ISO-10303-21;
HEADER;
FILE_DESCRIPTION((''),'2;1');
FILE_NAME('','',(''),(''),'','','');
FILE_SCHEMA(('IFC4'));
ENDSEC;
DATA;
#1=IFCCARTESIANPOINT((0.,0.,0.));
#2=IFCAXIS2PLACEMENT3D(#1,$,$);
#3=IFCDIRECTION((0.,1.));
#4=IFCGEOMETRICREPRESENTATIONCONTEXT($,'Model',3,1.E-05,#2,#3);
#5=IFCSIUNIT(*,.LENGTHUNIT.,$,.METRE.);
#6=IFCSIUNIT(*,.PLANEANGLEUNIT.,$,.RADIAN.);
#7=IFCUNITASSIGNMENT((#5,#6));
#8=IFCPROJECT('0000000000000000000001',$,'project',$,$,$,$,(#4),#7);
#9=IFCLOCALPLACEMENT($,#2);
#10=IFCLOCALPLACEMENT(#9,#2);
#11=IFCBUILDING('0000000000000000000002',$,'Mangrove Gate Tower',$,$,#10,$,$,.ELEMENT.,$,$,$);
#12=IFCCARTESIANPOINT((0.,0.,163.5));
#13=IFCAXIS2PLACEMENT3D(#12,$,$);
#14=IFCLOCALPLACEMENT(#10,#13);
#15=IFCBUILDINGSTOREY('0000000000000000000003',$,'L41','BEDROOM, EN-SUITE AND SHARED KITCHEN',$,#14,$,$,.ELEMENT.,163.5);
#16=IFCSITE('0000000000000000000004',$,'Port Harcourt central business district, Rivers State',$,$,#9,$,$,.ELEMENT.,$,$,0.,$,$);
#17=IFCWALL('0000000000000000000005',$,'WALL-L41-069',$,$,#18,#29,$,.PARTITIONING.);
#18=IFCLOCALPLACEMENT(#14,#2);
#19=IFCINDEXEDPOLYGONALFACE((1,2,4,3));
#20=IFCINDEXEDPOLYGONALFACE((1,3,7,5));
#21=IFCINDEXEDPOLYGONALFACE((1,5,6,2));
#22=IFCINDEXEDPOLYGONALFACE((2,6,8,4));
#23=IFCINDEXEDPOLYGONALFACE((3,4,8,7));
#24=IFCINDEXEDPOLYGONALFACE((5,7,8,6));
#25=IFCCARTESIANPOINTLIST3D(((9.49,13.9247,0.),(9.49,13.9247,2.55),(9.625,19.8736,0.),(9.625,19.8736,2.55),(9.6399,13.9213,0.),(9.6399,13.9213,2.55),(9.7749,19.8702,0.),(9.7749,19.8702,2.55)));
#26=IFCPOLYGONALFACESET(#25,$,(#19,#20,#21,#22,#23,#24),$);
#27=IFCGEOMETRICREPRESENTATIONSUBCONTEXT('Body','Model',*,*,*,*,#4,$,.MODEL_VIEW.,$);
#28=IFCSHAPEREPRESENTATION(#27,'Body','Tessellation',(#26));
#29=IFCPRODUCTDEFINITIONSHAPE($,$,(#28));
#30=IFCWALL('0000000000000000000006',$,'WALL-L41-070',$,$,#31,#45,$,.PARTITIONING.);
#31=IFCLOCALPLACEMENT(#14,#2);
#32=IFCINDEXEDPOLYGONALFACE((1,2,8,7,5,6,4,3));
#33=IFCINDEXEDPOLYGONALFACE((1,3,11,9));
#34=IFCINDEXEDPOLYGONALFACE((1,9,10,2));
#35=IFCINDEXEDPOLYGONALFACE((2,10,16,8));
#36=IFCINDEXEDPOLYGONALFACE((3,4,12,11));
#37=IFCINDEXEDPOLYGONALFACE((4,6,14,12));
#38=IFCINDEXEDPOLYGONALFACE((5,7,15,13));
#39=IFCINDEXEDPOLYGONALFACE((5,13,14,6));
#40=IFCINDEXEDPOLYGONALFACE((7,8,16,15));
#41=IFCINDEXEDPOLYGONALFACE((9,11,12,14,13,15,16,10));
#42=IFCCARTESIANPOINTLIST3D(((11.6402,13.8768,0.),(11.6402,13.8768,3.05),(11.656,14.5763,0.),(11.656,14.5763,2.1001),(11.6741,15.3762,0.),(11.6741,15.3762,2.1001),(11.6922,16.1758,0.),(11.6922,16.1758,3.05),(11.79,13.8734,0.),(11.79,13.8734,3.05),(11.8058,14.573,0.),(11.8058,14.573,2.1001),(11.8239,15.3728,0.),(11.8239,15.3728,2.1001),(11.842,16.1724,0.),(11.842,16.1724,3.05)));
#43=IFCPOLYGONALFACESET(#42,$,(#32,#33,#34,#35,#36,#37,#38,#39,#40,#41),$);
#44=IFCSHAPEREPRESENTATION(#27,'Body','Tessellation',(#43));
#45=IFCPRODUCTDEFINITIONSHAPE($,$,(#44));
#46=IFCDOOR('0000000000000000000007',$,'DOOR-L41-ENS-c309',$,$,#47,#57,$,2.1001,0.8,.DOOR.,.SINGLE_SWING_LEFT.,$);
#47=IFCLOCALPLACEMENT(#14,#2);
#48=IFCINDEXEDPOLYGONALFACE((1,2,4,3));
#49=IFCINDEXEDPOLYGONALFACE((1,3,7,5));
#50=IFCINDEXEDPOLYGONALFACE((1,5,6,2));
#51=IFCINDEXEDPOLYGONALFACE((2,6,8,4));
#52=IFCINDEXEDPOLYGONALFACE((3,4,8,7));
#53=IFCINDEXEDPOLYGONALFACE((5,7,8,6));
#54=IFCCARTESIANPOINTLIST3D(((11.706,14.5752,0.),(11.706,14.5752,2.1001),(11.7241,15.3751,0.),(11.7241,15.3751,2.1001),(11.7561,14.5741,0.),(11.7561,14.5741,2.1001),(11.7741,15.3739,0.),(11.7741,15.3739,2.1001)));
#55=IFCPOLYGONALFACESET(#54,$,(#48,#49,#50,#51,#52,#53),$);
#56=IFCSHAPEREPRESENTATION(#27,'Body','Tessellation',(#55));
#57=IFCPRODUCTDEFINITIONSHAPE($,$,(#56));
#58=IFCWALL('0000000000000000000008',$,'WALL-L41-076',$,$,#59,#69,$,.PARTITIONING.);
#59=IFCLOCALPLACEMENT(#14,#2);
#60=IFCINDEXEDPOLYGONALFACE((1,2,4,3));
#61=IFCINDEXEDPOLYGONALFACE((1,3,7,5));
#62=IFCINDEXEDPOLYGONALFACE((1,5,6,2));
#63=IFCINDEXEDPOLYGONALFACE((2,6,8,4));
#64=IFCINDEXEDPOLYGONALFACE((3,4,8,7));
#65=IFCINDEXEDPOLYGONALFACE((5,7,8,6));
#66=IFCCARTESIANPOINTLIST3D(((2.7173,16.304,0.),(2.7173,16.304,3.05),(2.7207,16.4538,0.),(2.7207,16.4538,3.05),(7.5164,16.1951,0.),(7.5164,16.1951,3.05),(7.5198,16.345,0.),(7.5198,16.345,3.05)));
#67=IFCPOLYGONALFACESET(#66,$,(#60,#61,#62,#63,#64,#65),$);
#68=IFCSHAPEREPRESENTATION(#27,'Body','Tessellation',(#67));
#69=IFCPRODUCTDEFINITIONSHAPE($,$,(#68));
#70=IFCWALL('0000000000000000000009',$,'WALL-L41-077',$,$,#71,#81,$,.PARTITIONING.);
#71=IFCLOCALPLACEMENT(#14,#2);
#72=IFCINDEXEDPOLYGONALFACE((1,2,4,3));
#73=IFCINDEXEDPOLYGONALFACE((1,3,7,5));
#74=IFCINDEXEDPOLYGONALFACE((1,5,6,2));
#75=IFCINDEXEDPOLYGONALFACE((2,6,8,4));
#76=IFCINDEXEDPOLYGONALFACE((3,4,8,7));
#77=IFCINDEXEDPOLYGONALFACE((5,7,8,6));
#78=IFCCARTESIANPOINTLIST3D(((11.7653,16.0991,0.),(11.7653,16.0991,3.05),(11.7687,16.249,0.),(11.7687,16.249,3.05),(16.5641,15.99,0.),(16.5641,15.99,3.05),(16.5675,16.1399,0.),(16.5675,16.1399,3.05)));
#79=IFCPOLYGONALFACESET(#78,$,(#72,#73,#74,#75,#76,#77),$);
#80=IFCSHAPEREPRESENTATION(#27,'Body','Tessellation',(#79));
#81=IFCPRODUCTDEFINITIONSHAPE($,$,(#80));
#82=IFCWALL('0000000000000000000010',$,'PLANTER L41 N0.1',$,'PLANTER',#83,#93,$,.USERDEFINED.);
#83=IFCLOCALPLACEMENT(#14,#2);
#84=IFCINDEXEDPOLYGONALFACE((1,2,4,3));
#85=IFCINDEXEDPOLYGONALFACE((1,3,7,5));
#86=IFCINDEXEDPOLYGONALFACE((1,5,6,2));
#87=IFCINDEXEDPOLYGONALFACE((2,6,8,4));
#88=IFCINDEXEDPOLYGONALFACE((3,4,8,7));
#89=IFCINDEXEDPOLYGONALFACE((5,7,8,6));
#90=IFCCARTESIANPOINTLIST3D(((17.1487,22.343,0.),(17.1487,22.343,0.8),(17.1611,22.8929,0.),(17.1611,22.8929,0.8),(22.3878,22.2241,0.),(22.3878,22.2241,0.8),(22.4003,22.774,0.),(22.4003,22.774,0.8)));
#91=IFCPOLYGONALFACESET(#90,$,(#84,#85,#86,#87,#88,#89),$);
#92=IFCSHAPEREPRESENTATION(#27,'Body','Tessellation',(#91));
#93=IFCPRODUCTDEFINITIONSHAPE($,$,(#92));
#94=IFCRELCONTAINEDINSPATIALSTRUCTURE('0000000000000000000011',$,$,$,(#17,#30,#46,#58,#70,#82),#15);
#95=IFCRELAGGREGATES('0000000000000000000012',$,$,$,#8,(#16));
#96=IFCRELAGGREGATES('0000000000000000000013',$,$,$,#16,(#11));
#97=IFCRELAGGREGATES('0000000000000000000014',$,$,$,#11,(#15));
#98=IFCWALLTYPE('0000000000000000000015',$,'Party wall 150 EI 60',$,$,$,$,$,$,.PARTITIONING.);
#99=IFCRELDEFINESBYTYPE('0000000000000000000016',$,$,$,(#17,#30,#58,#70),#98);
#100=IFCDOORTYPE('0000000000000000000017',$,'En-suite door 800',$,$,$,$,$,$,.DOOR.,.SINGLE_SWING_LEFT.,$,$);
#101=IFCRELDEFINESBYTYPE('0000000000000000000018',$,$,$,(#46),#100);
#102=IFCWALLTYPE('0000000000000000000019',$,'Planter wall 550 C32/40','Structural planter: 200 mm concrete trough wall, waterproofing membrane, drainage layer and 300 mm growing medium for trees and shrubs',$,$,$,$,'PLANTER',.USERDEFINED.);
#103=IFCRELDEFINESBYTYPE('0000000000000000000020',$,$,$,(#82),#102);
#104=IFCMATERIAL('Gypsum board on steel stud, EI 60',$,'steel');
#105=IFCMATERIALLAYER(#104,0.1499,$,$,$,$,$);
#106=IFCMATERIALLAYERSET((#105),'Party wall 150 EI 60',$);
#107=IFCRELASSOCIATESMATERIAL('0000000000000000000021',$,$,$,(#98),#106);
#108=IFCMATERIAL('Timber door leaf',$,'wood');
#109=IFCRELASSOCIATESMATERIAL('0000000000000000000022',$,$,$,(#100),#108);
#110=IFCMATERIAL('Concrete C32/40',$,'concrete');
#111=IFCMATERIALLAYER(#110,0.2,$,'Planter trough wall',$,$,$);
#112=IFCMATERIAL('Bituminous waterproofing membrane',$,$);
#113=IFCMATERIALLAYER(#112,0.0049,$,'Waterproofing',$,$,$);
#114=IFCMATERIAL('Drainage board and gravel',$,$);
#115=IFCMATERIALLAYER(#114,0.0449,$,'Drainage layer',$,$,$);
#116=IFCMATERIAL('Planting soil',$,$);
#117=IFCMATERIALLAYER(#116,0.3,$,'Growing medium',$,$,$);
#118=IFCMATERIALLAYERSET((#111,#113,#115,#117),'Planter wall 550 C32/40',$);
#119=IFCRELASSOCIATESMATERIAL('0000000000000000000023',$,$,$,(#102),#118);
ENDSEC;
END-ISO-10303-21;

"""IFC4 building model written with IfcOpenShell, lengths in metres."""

from ifc_helpers import new_model, si_unit, direction, frame, frame_2d, origin, place, context, subcontext, project, spatial, rectangle, extrude, material, layer, layer_set, type_object, element, fill, save


model = new_model("IFC4")

# Units and contexts
model_context = context("Model", 3, precision=1e-05, world=origin(), true_north=direction((0.0, 1.0)))
body_context = subcontext(model_context, "Body", "Model", "MODEL_VIEW")
ifc_project = project(units=[si_unit("LENGTHUNIT", "METRE"), si_unit("PLANEANGLEUNIT", "RADIAN")], contexts=[model_context])

# Site, building, storey
site_placement = place(None, origin())
site = spatial("IfcSite", under=ifc_project, at=site_placement, Name="Port Harcourt central business district, Rivers State", CompositionType="ELEMENT", RefElevation=0.0)
building_placement = place(site_placement, origin())
building = spatial("IfcBuilding", under=site, at=building_placement, Name="Mangrove Gate Tower", CompositionType="ELEMENT")
storey_placement = place(building_placement, frame((0.0, 0.0, 163.5)))
storey = spatial("IfcBuildingStorey", under=building, at=storey_placement, Name="L41", Description="BEDROOM, EN-SUITE AND SHARED KITCHEN", CompositionType="ELEMENT", Elevation=163.5)

# Shared definitions
ifc_material_1 = material(Name="Gypsum board on steel stud, EI 60", Category="steel")
ifc_layer_1 = layer(ifc_material_1, 0.1499)
ifc_layer_set_1 = layer_set([ifc_layer_1], Name="Party wall 150 EI 60")
wall_type_1 = type_object("IfcWallType", Name="Party wall 150 EI 60", PredefinedType="PARTITIONING", material=ifc_layer_set_1)

# Shared definitions
ifc_material_2 = material(Name="Timber door leaf", Category="wood")
door_type = type_object("IfcDoorType", Name="En-suite door 800", OperationType="SINGLE_SWING_LEFT", PredefinedType="DOOR", material=ifc_material_2)

# Wall
wall_1_placement = place(storey_placement, frame((9.5649, 13.9231, 0.0), z_axis=(0.0, 0.0, 1.0), x_axis=(0.022689, 0.999743, 0.0)))
element("IfcWall", 1, at=wall_1_placement, inside=storey, type_object=wall_type_1, Name="WALL-L41-069", PredefinedType="PARTITIONING", context=body_context, shape_type="SweptSolid", body=[
    extrude(rectangle(XDim=5.9504, YDim=0.1499, at=frame_2d((2.9751, 0.0))), origin(), (0.0, 0.0, 1.0), 2.55),
])

# Wall, opening, door
wall_2_placement = place(storey_placement, frame((11.7151, 13.875, 0.0), z_axis=(0.0, 0.0, 1.0), x_axis=(0.022613, 0.999744, 0.0)))
wall_2 = element("IfcWall", 2, at=wall_2_placement, inside=storey, type_object=wall_type_1, Name="WALL-L41-070", PredefinedType="PARTITIONING", context=body_context, shape_type="SweptSolid", body=[
    extrude(rectangle(XDim=2.2996, YDim=0.1499, at=frame_2d((1.1499, 0.0))), origin(), (0.0, 0.0, 1.0), 3.05),
])
opening_1_placement = place(wall_2_placement, frame((0.7, 0.0, 0.0)))
opening_1 = element("IfcOpeningElement", 3, at=opening_1_placement, cuts=wall_2, PredefinedType="OPENING", context=body_context, shape_type="SweptSolid", body=[
    extrude(rectangle(XDim=0.8, YDim=2.1001, at=frame_2d((0.3999, 1.05))), frame((0.0, 0.085, 0.0), z_axis=(0.0, -1.0, 0.0), x_axis=(1.0, 0.0, 0.0)), (0.0, 0.0, 1.0), 0.1699),
])
door_1_placement = place(opening_1_placement, origin())
door_1 = element("IfcDoor", 4, at=door_1_placement, inside=storey, type_object=door_type, Name="DOOR-L41-ENS-c309", OperationType="SINGLE_SWING_LEFT", OverallHeight=2.1001, OverallWidth=0.8, PredefinedType="DOOR", context=body_context, shape_type="SweptSolid", body=[
    extrude(rectangle(XDim=0.8, YDim=2.1001, at=frame_2d((0.3999, 1.05))), frame((0.0, 0.0249, 0.0), z_axis=(0.0, -1.0, 0.0), x_axis=(1.0, 0.0, 0.0)), (0.0, 0.0, 1.0), 0.05),
])
fill(opening_1, door_1)

# Walls
wall_3_placement = place(storey_placement, frame((2.719, 16.3789, 0.0), z_axis=(0.0, 0.0, 1.0), x_axis=(0.999743, -0.022683, 0.0)))
element("IfcWall", 5, at=wall_3_placement, inside=storey, type_object=wall_type_1, Name="WALL-L41-076", PredefinedType="PARTITIONING", context=body_context, shape_type="SweptSolid", body=[
    extrude(rectangle(XDim=4.8003, YDim=0.1499, at=frame_2d((2.4001, 0.0))), origin(), (0.0, 0.0, 1.0), 3.05),
])
wall_4_placement = place(storey_placement, frame((11.7671, 16.1741, 0.0), z_axis=(0.0, 0.0, 1.0), x_axis=(0.999742, -0.022735, 0.0)))
element("IfcWall", 6, at=wall_4_placement, inside=storey, type_object=wall_type_1, Name="WALL-L41-077", PredefinedType="PARTITIONING", context=body_context, shape_type="SweptSolid", body=[
    extrude(rectangle(XDim=4.8, YDim=0.1499, at=frame_2d((2.3999, 0.0))), origin(), (0.0, 0.0, 1.0), 3.05),
])
ifc_material_3 = material(Name="Concrete C32/40", Category="concrete")
ifc_layer_2 = layer(ifc_material_3, 0.2, Name="Planter trough wall")
ifc_material_4 = material(Name="Bituminous waterproofing membrane")
ifc_layer_3 = layer(ifc_material_4, 0.0049, Name="Waterproofing")
ifc_material_5 = material(Name="Drainage board and gravel")
ifc_layer_4 = layer(ifc_material_5, 0.0449, Name="Drainage layer")
ifc_material_6 = material(Name="Planting soil")
ifc_layer_5 = layer(ifc_material_6, 0.3, Name="Growing medium")
ifc_layer_set_2 = layer_set([ifc_layer_2, ifc_layer_3, ifc_layer_4, ifc_layer_5], Name="Planter wall 550 C32/40")
wall_type_2 = type_object("IfcWallType", Name="Planter wall 550 C32/40", Description="Structural planter: 200 mm concrete trough wall, waterproofing membrane, drainage layer and 300 mm growing medium for trees and shrubs", ElementType="PLANTER", PredefinedType="USERDEFINED", material=ifc_layer_set_2)
wall_5_placement = place(storey_placement, frame((17.155, 22.6179, 0.0), z_axis=(0.0, 0.0, 1.0), x_axis=(0.999743, -0.022689, 0.0)))
element("IfcWall", 7, at=wall_5_placement, inside=storey, type_object=wall_type_2, Name="PLANTER L41 N0.1", ObjectType="PLANTER", PredefinedType="USERDEFINED", context=body_context, shape_type="SweptSolid", body=[
    extrude(rectangle(XDim=5.2405, YDim=0.55, at=frame_2d((2.6201, 0.0))), origin(), (0.0, 0.0, 1.0), 0.8),
])

save(model, "model.ifc")
